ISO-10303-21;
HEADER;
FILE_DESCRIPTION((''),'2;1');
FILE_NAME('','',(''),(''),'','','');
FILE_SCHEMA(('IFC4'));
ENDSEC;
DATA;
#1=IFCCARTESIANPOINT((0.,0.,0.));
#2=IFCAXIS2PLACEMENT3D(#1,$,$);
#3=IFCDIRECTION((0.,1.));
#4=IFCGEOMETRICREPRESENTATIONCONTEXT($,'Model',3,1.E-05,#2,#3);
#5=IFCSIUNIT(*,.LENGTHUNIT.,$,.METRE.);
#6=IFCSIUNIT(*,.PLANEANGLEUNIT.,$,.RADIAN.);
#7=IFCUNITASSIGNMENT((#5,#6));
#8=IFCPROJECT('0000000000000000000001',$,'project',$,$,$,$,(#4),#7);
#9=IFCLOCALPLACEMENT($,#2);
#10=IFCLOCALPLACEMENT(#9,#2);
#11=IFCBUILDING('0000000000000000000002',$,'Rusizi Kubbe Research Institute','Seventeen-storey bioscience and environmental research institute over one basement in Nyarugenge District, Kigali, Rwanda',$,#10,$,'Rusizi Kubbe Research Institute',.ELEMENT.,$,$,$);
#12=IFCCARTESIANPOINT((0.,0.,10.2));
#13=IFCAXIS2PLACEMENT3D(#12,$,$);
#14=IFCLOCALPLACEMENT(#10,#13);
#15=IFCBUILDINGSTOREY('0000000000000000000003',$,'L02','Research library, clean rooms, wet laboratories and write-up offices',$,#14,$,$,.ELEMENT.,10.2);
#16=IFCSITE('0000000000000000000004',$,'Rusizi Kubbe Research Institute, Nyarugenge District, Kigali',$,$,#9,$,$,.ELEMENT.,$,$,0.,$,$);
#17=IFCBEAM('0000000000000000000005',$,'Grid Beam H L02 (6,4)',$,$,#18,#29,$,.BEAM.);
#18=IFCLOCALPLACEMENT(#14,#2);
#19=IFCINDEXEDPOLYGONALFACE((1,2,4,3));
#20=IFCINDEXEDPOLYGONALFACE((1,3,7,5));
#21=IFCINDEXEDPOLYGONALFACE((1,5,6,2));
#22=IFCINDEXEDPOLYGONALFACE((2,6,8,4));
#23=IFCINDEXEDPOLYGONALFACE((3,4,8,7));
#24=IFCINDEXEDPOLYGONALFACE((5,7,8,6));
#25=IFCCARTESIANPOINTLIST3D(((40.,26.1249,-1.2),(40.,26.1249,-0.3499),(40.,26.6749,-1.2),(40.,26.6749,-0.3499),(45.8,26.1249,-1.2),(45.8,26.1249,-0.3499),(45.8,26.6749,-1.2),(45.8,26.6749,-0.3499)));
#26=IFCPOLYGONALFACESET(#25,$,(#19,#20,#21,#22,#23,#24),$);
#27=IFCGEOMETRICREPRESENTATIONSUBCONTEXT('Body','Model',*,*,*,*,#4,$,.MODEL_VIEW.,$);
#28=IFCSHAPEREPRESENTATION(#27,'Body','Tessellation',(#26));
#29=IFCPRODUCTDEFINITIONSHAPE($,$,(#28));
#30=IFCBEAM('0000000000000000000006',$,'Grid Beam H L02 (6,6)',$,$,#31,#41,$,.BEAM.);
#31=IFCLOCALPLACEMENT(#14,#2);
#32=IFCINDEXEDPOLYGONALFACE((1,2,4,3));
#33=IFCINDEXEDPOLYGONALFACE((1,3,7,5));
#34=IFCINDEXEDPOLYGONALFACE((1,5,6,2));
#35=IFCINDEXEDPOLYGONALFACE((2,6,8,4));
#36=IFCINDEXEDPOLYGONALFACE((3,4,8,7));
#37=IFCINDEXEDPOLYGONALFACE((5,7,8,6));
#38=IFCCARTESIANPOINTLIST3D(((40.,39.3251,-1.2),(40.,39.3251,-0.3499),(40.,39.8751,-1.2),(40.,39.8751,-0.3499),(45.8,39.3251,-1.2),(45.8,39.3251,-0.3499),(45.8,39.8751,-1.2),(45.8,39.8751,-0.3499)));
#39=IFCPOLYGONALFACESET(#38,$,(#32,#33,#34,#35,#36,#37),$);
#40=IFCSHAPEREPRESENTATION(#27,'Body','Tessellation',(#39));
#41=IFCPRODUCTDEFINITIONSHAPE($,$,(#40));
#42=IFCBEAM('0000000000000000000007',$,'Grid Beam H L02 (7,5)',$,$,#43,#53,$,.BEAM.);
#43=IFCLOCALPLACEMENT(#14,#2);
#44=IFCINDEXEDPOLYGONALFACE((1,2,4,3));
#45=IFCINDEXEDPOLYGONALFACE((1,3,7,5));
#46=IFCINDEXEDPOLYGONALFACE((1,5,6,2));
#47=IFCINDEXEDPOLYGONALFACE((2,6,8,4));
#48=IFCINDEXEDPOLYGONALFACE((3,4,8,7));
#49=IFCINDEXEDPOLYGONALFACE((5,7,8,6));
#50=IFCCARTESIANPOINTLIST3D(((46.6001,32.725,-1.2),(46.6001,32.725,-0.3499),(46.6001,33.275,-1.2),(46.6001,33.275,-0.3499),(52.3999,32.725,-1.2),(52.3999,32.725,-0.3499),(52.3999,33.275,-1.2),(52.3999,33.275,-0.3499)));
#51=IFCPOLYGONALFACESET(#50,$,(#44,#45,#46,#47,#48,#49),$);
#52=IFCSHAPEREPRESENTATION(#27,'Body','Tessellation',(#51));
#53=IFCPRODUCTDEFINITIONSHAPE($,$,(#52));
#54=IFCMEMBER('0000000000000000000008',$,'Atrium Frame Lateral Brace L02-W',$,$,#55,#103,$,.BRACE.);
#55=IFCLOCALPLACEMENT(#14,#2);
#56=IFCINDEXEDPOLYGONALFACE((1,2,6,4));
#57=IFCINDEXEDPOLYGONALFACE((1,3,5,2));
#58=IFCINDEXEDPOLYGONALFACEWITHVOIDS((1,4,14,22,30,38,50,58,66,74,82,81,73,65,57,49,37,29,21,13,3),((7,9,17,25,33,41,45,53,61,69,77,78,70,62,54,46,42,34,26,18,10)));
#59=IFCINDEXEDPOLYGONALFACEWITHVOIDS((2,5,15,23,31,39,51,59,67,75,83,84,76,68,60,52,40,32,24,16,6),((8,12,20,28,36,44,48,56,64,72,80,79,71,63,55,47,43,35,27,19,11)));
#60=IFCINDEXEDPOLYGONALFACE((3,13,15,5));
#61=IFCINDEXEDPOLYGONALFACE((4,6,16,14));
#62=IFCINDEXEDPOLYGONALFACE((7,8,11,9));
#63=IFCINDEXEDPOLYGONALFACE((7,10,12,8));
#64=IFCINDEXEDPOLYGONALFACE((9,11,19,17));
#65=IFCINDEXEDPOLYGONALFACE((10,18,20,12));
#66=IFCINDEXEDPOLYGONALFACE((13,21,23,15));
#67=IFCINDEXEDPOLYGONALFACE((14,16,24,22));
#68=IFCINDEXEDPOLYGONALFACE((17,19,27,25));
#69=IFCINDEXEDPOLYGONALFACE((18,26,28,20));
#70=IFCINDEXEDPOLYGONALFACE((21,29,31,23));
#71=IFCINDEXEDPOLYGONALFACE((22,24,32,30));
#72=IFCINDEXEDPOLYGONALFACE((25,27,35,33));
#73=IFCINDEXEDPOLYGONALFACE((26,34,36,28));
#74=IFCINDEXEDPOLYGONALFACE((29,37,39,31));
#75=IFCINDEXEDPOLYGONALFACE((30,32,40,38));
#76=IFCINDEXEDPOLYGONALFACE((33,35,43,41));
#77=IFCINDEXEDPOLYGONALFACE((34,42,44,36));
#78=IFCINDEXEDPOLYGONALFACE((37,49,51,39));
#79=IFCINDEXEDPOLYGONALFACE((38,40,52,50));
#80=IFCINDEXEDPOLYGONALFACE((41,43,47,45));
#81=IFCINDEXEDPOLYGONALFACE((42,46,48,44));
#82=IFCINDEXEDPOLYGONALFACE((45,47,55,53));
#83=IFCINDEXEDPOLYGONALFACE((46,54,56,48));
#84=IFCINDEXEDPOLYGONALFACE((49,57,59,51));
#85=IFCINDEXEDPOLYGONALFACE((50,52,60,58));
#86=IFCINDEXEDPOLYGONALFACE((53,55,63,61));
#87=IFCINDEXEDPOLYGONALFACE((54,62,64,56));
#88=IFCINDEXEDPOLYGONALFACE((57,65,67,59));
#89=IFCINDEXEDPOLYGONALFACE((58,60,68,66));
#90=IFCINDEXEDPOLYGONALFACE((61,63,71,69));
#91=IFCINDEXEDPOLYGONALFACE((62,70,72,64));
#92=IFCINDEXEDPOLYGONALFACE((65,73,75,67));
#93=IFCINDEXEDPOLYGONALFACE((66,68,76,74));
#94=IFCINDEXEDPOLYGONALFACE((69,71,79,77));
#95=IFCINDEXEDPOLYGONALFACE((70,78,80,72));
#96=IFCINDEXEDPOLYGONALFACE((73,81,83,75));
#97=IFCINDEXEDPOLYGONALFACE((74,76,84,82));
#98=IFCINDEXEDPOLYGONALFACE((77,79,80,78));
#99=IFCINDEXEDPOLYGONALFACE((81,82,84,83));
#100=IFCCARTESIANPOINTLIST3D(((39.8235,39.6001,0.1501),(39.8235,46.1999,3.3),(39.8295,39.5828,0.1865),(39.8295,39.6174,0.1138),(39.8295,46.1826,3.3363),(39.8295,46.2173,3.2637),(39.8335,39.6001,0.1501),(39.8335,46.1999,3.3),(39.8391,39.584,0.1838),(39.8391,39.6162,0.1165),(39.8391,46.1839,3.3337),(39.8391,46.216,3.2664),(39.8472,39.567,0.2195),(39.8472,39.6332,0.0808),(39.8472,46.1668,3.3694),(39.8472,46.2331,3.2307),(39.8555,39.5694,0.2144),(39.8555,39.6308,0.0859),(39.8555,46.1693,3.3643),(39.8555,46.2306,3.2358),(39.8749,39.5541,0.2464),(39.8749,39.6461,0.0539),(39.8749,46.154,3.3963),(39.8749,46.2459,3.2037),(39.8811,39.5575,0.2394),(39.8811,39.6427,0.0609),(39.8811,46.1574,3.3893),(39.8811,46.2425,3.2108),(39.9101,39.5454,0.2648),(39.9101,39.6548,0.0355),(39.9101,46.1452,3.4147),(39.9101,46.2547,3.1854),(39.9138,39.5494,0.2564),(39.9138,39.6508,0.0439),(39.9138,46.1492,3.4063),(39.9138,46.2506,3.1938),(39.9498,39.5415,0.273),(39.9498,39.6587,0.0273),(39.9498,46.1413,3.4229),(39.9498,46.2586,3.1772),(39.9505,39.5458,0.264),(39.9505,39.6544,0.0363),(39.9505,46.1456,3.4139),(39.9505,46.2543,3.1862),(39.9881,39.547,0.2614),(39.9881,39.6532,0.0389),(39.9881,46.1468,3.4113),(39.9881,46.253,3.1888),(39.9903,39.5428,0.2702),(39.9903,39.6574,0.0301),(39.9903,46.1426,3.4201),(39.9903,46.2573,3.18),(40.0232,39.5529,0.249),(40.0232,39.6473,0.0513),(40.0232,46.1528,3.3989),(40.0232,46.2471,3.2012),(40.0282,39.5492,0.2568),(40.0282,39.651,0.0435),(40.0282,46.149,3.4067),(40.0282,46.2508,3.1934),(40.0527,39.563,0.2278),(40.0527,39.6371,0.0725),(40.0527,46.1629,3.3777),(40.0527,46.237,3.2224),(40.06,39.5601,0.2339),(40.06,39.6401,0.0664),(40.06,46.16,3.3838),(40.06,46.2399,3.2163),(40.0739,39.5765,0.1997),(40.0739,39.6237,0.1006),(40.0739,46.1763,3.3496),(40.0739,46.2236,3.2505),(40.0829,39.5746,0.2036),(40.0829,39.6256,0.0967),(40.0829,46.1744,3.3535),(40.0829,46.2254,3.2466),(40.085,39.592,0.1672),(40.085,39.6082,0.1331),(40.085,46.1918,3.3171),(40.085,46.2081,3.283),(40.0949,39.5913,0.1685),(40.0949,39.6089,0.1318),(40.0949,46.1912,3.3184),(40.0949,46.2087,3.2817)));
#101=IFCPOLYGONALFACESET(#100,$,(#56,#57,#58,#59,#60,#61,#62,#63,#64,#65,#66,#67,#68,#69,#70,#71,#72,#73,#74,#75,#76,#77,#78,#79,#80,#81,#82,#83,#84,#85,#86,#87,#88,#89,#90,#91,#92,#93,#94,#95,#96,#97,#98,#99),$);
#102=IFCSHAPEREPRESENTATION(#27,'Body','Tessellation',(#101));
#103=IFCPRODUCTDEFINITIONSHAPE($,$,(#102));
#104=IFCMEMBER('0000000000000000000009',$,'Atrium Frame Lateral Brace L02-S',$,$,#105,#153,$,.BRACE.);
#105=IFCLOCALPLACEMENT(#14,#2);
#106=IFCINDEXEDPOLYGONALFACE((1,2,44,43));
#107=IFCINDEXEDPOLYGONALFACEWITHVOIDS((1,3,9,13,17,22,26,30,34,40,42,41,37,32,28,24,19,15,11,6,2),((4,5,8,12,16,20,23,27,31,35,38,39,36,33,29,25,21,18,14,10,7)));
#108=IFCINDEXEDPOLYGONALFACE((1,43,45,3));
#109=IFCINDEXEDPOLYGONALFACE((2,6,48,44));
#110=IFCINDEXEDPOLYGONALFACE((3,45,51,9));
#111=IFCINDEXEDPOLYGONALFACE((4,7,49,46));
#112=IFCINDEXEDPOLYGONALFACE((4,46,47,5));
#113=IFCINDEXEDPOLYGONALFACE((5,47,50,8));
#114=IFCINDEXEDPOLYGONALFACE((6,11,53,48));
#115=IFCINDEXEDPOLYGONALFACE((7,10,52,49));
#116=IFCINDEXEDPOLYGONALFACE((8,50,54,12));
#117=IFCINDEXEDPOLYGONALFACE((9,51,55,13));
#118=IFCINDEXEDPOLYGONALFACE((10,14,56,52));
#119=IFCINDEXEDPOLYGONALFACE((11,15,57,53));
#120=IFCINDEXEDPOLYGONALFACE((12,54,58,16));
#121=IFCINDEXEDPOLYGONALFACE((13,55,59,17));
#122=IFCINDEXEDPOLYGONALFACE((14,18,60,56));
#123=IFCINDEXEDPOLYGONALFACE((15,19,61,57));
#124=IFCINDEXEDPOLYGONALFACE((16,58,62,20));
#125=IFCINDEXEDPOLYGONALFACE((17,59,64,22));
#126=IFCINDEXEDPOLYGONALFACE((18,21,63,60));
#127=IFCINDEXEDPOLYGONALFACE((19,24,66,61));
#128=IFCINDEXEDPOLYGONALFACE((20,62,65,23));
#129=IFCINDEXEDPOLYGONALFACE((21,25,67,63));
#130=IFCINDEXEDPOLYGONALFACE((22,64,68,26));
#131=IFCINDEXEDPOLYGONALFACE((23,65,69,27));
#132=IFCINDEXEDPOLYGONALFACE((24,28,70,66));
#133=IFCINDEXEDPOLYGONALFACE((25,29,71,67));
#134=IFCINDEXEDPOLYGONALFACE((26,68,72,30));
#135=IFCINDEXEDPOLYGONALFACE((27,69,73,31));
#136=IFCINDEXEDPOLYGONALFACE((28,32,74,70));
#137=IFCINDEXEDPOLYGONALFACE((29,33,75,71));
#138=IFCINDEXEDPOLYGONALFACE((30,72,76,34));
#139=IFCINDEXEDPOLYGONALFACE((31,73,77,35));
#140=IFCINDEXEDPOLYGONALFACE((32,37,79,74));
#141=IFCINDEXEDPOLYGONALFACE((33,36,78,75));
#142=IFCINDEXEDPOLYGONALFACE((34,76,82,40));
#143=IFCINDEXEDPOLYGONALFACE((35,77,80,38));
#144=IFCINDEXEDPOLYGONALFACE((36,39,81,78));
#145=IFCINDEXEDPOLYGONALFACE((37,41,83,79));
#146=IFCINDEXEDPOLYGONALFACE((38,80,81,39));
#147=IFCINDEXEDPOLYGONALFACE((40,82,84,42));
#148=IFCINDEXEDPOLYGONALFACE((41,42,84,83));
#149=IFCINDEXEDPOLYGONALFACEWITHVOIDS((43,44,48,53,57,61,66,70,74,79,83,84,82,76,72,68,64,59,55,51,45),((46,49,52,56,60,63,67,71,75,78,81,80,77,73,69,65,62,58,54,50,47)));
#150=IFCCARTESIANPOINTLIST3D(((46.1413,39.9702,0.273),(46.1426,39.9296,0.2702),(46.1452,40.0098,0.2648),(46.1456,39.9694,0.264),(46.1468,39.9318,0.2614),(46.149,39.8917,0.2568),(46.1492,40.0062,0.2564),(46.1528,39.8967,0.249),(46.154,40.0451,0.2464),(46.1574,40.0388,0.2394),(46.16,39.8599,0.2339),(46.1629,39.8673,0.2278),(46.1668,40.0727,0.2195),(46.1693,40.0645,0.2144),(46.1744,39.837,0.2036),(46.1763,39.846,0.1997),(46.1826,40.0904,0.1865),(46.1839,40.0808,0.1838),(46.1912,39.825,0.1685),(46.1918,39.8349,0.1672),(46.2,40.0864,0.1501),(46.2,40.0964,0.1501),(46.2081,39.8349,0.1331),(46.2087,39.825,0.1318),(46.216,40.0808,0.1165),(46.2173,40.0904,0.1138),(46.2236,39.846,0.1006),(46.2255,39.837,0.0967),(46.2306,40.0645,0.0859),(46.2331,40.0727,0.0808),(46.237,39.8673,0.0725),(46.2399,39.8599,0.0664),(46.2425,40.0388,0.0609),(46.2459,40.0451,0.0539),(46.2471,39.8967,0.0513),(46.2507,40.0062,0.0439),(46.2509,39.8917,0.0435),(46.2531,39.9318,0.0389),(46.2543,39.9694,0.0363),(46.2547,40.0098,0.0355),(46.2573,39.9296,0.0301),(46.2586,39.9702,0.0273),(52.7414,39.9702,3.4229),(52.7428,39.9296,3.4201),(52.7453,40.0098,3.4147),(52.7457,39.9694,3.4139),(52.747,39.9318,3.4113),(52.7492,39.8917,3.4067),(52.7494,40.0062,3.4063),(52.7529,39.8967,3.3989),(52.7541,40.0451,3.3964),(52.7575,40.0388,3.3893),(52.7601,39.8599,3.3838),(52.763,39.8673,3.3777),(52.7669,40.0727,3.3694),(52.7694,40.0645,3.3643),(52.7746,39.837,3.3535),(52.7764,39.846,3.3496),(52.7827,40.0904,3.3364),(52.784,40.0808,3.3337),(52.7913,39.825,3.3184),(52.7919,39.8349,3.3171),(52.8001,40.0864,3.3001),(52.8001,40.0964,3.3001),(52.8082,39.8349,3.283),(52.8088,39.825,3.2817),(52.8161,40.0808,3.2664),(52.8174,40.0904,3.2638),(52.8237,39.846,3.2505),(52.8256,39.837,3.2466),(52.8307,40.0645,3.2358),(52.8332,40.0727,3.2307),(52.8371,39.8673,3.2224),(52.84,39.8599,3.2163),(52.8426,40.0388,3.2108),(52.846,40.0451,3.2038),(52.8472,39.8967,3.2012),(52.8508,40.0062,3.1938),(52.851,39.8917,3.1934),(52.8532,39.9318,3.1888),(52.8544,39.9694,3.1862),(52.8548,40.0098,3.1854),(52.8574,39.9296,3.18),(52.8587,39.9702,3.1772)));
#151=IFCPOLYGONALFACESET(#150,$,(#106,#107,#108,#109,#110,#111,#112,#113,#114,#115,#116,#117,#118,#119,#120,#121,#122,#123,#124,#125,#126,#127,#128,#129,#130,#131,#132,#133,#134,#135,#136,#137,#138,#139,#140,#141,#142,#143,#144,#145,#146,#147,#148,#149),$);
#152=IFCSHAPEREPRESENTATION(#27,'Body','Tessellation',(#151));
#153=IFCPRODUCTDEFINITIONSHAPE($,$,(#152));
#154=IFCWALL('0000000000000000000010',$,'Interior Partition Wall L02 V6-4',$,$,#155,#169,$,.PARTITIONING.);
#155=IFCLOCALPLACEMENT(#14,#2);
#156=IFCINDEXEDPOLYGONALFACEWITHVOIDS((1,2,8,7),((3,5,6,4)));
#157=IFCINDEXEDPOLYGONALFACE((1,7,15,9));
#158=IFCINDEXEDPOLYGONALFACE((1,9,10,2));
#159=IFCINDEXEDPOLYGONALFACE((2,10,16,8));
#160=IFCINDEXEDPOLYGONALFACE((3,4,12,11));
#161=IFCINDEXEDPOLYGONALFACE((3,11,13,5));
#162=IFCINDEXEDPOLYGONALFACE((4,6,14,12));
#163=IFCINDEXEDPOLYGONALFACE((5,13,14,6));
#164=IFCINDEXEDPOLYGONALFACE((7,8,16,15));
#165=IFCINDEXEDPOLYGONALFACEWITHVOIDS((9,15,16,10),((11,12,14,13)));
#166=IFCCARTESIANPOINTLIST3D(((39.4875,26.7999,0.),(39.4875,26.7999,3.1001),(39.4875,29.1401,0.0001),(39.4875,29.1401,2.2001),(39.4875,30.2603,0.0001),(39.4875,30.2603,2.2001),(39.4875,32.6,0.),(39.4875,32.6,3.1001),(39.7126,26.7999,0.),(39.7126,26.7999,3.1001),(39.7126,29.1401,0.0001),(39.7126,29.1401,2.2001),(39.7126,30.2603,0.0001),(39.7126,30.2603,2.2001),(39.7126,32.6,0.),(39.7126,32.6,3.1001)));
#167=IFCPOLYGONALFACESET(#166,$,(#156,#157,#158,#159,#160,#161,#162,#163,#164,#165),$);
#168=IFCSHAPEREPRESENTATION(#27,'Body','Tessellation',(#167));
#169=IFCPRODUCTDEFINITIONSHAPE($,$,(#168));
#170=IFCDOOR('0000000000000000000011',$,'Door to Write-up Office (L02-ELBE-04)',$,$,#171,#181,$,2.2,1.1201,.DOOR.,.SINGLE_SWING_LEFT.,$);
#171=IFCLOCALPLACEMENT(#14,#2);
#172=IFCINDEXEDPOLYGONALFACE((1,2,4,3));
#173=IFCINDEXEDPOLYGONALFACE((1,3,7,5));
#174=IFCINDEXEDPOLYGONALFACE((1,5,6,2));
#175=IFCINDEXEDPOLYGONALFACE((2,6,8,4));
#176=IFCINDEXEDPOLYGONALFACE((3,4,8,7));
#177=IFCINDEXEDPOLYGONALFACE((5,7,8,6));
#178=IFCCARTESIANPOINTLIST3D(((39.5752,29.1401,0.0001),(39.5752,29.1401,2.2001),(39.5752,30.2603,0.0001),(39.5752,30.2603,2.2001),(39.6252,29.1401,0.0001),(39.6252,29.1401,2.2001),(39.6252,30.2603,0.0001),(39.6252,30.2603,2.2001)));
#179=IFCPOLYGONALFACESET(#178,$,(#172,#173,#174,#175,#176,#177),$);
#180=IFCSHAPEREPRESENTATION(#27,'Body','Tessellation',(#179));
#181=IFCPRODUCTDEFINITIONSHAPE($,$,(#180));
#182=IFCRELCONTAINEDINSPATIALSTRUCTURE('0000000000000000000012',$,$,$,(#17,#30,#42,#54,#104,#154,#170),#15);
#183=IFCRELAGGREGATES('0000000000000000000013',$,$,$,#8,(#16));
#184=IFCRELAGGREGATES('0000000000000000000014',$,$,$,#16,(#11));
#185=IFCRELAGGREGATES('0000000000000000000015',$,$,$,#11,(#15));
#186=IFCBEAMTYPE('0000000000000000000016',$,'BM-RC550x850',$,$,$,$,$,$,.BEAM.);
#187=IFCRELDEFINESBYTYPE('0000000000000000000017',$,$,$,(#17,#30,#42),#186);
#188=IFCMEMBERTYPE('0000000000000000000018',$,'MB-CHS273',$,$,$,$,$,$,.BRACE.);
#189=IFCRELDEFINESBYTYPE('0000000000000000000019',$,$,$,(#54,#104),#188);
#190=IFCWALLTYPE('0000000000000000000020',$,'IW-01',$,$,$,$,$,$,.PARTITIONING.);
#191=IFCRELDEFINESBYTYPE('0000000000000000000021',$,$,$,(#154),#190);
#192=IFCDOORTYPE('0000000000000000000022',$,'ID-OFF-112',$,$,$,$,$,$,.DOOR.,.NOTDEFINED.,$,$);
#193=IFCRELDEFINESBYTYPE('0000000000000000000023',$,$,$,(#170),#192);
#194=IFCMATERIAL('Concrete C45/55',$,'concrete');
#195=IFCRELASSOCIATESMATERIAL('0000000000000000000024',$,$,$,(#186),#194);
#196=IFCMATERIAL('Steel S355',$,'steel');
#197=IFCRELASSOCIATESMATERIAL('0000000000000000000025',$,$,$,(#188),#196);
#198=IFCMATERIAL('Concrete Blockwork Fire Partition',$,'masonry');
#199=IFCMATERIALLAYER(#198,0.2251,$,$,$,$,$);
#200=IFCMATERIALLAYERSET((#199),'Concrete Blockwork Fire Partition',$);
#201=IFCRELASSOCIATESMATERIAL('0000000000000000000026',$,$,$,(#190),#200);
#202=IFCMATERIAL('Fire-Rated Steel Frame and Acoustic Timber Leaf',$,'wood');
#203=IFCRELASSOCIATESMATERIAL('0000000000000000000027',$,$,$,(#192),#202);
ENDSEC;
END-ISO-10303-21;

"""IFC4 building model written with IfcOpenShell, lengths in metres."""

from ifc_helpers import new_model, si_unit, direction, frame, frame_2d, origin, origin_2d, place, context, subcontext, project, spatial, rectangle, hollow_circle, extrude, material, layer, layer_set, material_profile, profile_set, type_object, element, fill, save


model = new_model("IFC4")

# Units and contexts
model_context = context("Model", 3, precision=1e-05, world=origin(), true_north=direction((0.0, 1.0)))
body_context = subcontext(model_context, "Body", "Model", "MODEL_VIEW")
ifc_project = project(units=[si_unit("LENGTHUNIT", "METRE"), si_unit("PLANEANGLEUNIT", "RADIAN")], contexts=[model_context])

# Site, building, storey
site_placement = place(None, origin())
site = spatial("IfcSite", under=ifc_project, at=site_placement, Name="Rusizi Kubbe Research Institute, Nyarugenge District, Kigali", CompositionType="ELEMENT", RefElevation=0.0)
building_placement = place(site_placement, origin())
building = spatial("IfcBuilding", under=site, at=building_placement, Name="Rusizi Kubbe Research Institute", Description="Seventeen-storey bioscience and environmental research institute over one basement in Nyarugenge District, Kigali, Rwanda", LongName="Rusizi Kubbe Research Institute", CompositionType="ELEMENT")
storey_placement = place(building_placement, frame((0.0, 0.0, 10.2)))
storey = spatial("IfcBuildingStorey", under=building, at=storey_placement, Name="L02", Description="Research library, clean rooms, wet laboratories and write-up offices", CompositionType="ELEMENT", Elevation=10.2)

# Beams
ifc_material_1 = material(Name="Concrete C45/55", Category="concrete")
ifc_material_profile_1 = material_profile(ifc_material_1, rectangle(XDim=0.55, YDim=0.8501, at=origin_2d()), Name="RC550x850")
ifc_profile_set_1 = profile_set([ifc_material_profile_1], Name="Concrete C45/55")
beam_type_1 = type_object("IfcBeamType", Name="BM-RC550x850", PredefinedType="BEAM", material=ifc_profile_set_1)
for number, where, z_axis, x_axis, name in (
    (1, (40.0, 26.3999, -0.7749), (1.0, 0.0, 0.0), (0.0, 1.0, 0.0), "Grid Beam H L02 (6,4)"),
    (2, (40.0, 39.6001, -0.7749), (1.0, 0.0, 0.0), (0.0, 1.0, 0.0), "Grid Beam H L02 (6,6)"),
):
    element("IfcBeam", number, at=place(storey_placement, frame(where, z_axis=z_axis, x_axis=x_axis)), inside=storey, type_object=beam_type_1, Name=name, PredefinedType="BEAM", context=body_context, shape_type="SweptSolid", body=[
        extrude(rectangle(XDim=0.55, YDim=0.8501, at=origin_2d()), origin(), (0.0, 0.0, 1.0), 5.8),
    ])
beam_1_placement = place(storey_placement, frame((46.6001, 33.0, -0.7749), z_axis=(1.0, 0.0, 0.0), x_axis=(0.0, 1.0, 0.0)))
element("IfcBeam", 3, at=beam_1_placement, inside=storey, type_object=beam_type_1, Name="Grid Beam H L02 (7,5)", PredefinedType="BEAM", context=body_context, shape_type="SweptSolid", body=[
    extrude(rectangle(XDim=0.55, YDim=0.8501, at=origin_2d()), origin(), (0.0, 0.0, 1.0), 5.7998),
])

# Members
ifc_material_2 = material(Name="Steel S355", Category="steel")
ifc_material_profile_2 = material_profile(ifc_material_2, hollow_circle(Radius=0.1365, WallThickness=0.01, at=origin_2d()), Name="CHS 273.0x10.0")
ifc_profile_set_2 = profile_set([ifc_material_profile_2], Name="Steel S355")
member_type = type_object("IfcMemberType", Name="MB-CHS273", PredefinedType="BRACE", material=ifc_profile_set_2)
member_1_placement = place(storey_placement, frame((39.96, 39.6001, 0.1501), z_axis=(0.0, 0.902483, 0.430726), x_axis=(-1.0, 0.0, 0.0)))
element("IfcMember", 4, at=member_1_placement, inside=storey, type_object=member_type, Name="Atrium Frame Lateral Brace L02-W", PredefinedType="BRACE", context=body_context, shape_type="SweptSolid", body=[
    extrude(hollow_circle(Radius=0.1365, WallThickness=0.01, at=origin_2d()), origin(), (0.0, 0.0, 1.0), 7.313),
])
member_2_placement = place(storey_placement, frame((46.2, 39.96, 0.1501), z_axis=(0.902489, 0.0, 0.430714), x_axis=(0.0, 1.0, 0.0)))
element("IfcMember", 5, at=member_2_placement, inside=storey, type_object=member_type, Name="Atrium Frame Lateral Brace L02-S", PredefinedType="BRACE", context=body_context, shape_type="SweptSolid", body=[
    extrude(hollow_circle(Radius=0.1365, WallThickness=0.01, at=origin_2d()), origin(), (0.0, 0.0, 1.0), 7.3132),
])

# Wall, opening, door
ifc_material_3 = material(Name="Concrete Blockwork Fire Partition", Category="masonry")
ifc_layer_1 = layer(ifc_material_3, 0.2251)
ifc_layer_set_1 = layer_set([ifc_layer_1], Name="Concrete Blockwork Fire Partition")
wall_type_1 = type_object("IfcWallType", Name="IW-01", PredefinedType="PARTITIONING", material=ifc_layer_set_1)
wall_1_placement = place(storey_placement, frame((39.6001, 26.8, 0.0), z_axis=(0.0, 0.0, 1.0), x_axis=(0.0, 1.0, 0.0)))
wall_1 = element("IfcWall", 6, at=wall_1_placement, inside=storey, type_object=wall_type_1, Name="Interior Partition Wall L02 V6-4", PredefinedType="PARTITIONING", context=body_context, shape_type="SweptSolid", body=[
    extrude(rectangle(XDim=5.8, YDim=0.2251, at=frame_2d((2.8999, 0.0))), origin(), (0.0, 0.0, 1.0), 3.1001),
])
opening_1_placement = place(wall_1_placement, frame((2.3401, 0.0, 0.0)))
opening_1 = element("IfcOpeningElement", 7, at=opening_1_placement, cuts=wall_1, PredefinedType="OPENING", context=body_context, shape_type="SweptSolid", body=[
    extrude(rectangle(XDim=1.1201, YDim=2.2, at=frame_2d((0.5601, 1.1001))), frame((0.0, 0.1226, 0.0), z_axis=(0.0, -1.0, 0.0), x_axis=(1.0, 0.0, 0.0)), (0.0, 0.0, 1.0), 0.2451),
])
ifc_material_4 = material(Name="Fire-Rated Steel Frame and Acoustic Timber Leaf", Category="wood")
door_type_1 = type_object("IfcDoorType", Name="ID-OFF-112", OperationType="NOTDEFINED", PredefinedType="DOOR", material=ifc_material_4)
door_1_placement = place(opening_1_placement, origin())
door_1 = element("IfcDoor", 8, at=door_1_placement, inside=storey, type_object=door_type_1, Name="Door to Write-up Office (L02-ELBE-04)", OperationType="SINGLE_SWING_LEFT", OverallHeight=2.2, OverallWidth=1.1201, PredefinedType="DOOR", context=body_context, shape_type="SweptSolid", body=[
    extrude(rectangle(XDim=1.1201, YDim=2.2, at=frame_2d((0.5601, 1.1001))), frame((0.0, 0.0249, 0.0), z_axis=(0.0, -1.0, 0.0), x_axis=(1.0, 0.0, 0.0)), (0.0, 0.0, 1.0), 0.05),
])
fill(opening_1, door_1)

save(model, "model.ifc")
